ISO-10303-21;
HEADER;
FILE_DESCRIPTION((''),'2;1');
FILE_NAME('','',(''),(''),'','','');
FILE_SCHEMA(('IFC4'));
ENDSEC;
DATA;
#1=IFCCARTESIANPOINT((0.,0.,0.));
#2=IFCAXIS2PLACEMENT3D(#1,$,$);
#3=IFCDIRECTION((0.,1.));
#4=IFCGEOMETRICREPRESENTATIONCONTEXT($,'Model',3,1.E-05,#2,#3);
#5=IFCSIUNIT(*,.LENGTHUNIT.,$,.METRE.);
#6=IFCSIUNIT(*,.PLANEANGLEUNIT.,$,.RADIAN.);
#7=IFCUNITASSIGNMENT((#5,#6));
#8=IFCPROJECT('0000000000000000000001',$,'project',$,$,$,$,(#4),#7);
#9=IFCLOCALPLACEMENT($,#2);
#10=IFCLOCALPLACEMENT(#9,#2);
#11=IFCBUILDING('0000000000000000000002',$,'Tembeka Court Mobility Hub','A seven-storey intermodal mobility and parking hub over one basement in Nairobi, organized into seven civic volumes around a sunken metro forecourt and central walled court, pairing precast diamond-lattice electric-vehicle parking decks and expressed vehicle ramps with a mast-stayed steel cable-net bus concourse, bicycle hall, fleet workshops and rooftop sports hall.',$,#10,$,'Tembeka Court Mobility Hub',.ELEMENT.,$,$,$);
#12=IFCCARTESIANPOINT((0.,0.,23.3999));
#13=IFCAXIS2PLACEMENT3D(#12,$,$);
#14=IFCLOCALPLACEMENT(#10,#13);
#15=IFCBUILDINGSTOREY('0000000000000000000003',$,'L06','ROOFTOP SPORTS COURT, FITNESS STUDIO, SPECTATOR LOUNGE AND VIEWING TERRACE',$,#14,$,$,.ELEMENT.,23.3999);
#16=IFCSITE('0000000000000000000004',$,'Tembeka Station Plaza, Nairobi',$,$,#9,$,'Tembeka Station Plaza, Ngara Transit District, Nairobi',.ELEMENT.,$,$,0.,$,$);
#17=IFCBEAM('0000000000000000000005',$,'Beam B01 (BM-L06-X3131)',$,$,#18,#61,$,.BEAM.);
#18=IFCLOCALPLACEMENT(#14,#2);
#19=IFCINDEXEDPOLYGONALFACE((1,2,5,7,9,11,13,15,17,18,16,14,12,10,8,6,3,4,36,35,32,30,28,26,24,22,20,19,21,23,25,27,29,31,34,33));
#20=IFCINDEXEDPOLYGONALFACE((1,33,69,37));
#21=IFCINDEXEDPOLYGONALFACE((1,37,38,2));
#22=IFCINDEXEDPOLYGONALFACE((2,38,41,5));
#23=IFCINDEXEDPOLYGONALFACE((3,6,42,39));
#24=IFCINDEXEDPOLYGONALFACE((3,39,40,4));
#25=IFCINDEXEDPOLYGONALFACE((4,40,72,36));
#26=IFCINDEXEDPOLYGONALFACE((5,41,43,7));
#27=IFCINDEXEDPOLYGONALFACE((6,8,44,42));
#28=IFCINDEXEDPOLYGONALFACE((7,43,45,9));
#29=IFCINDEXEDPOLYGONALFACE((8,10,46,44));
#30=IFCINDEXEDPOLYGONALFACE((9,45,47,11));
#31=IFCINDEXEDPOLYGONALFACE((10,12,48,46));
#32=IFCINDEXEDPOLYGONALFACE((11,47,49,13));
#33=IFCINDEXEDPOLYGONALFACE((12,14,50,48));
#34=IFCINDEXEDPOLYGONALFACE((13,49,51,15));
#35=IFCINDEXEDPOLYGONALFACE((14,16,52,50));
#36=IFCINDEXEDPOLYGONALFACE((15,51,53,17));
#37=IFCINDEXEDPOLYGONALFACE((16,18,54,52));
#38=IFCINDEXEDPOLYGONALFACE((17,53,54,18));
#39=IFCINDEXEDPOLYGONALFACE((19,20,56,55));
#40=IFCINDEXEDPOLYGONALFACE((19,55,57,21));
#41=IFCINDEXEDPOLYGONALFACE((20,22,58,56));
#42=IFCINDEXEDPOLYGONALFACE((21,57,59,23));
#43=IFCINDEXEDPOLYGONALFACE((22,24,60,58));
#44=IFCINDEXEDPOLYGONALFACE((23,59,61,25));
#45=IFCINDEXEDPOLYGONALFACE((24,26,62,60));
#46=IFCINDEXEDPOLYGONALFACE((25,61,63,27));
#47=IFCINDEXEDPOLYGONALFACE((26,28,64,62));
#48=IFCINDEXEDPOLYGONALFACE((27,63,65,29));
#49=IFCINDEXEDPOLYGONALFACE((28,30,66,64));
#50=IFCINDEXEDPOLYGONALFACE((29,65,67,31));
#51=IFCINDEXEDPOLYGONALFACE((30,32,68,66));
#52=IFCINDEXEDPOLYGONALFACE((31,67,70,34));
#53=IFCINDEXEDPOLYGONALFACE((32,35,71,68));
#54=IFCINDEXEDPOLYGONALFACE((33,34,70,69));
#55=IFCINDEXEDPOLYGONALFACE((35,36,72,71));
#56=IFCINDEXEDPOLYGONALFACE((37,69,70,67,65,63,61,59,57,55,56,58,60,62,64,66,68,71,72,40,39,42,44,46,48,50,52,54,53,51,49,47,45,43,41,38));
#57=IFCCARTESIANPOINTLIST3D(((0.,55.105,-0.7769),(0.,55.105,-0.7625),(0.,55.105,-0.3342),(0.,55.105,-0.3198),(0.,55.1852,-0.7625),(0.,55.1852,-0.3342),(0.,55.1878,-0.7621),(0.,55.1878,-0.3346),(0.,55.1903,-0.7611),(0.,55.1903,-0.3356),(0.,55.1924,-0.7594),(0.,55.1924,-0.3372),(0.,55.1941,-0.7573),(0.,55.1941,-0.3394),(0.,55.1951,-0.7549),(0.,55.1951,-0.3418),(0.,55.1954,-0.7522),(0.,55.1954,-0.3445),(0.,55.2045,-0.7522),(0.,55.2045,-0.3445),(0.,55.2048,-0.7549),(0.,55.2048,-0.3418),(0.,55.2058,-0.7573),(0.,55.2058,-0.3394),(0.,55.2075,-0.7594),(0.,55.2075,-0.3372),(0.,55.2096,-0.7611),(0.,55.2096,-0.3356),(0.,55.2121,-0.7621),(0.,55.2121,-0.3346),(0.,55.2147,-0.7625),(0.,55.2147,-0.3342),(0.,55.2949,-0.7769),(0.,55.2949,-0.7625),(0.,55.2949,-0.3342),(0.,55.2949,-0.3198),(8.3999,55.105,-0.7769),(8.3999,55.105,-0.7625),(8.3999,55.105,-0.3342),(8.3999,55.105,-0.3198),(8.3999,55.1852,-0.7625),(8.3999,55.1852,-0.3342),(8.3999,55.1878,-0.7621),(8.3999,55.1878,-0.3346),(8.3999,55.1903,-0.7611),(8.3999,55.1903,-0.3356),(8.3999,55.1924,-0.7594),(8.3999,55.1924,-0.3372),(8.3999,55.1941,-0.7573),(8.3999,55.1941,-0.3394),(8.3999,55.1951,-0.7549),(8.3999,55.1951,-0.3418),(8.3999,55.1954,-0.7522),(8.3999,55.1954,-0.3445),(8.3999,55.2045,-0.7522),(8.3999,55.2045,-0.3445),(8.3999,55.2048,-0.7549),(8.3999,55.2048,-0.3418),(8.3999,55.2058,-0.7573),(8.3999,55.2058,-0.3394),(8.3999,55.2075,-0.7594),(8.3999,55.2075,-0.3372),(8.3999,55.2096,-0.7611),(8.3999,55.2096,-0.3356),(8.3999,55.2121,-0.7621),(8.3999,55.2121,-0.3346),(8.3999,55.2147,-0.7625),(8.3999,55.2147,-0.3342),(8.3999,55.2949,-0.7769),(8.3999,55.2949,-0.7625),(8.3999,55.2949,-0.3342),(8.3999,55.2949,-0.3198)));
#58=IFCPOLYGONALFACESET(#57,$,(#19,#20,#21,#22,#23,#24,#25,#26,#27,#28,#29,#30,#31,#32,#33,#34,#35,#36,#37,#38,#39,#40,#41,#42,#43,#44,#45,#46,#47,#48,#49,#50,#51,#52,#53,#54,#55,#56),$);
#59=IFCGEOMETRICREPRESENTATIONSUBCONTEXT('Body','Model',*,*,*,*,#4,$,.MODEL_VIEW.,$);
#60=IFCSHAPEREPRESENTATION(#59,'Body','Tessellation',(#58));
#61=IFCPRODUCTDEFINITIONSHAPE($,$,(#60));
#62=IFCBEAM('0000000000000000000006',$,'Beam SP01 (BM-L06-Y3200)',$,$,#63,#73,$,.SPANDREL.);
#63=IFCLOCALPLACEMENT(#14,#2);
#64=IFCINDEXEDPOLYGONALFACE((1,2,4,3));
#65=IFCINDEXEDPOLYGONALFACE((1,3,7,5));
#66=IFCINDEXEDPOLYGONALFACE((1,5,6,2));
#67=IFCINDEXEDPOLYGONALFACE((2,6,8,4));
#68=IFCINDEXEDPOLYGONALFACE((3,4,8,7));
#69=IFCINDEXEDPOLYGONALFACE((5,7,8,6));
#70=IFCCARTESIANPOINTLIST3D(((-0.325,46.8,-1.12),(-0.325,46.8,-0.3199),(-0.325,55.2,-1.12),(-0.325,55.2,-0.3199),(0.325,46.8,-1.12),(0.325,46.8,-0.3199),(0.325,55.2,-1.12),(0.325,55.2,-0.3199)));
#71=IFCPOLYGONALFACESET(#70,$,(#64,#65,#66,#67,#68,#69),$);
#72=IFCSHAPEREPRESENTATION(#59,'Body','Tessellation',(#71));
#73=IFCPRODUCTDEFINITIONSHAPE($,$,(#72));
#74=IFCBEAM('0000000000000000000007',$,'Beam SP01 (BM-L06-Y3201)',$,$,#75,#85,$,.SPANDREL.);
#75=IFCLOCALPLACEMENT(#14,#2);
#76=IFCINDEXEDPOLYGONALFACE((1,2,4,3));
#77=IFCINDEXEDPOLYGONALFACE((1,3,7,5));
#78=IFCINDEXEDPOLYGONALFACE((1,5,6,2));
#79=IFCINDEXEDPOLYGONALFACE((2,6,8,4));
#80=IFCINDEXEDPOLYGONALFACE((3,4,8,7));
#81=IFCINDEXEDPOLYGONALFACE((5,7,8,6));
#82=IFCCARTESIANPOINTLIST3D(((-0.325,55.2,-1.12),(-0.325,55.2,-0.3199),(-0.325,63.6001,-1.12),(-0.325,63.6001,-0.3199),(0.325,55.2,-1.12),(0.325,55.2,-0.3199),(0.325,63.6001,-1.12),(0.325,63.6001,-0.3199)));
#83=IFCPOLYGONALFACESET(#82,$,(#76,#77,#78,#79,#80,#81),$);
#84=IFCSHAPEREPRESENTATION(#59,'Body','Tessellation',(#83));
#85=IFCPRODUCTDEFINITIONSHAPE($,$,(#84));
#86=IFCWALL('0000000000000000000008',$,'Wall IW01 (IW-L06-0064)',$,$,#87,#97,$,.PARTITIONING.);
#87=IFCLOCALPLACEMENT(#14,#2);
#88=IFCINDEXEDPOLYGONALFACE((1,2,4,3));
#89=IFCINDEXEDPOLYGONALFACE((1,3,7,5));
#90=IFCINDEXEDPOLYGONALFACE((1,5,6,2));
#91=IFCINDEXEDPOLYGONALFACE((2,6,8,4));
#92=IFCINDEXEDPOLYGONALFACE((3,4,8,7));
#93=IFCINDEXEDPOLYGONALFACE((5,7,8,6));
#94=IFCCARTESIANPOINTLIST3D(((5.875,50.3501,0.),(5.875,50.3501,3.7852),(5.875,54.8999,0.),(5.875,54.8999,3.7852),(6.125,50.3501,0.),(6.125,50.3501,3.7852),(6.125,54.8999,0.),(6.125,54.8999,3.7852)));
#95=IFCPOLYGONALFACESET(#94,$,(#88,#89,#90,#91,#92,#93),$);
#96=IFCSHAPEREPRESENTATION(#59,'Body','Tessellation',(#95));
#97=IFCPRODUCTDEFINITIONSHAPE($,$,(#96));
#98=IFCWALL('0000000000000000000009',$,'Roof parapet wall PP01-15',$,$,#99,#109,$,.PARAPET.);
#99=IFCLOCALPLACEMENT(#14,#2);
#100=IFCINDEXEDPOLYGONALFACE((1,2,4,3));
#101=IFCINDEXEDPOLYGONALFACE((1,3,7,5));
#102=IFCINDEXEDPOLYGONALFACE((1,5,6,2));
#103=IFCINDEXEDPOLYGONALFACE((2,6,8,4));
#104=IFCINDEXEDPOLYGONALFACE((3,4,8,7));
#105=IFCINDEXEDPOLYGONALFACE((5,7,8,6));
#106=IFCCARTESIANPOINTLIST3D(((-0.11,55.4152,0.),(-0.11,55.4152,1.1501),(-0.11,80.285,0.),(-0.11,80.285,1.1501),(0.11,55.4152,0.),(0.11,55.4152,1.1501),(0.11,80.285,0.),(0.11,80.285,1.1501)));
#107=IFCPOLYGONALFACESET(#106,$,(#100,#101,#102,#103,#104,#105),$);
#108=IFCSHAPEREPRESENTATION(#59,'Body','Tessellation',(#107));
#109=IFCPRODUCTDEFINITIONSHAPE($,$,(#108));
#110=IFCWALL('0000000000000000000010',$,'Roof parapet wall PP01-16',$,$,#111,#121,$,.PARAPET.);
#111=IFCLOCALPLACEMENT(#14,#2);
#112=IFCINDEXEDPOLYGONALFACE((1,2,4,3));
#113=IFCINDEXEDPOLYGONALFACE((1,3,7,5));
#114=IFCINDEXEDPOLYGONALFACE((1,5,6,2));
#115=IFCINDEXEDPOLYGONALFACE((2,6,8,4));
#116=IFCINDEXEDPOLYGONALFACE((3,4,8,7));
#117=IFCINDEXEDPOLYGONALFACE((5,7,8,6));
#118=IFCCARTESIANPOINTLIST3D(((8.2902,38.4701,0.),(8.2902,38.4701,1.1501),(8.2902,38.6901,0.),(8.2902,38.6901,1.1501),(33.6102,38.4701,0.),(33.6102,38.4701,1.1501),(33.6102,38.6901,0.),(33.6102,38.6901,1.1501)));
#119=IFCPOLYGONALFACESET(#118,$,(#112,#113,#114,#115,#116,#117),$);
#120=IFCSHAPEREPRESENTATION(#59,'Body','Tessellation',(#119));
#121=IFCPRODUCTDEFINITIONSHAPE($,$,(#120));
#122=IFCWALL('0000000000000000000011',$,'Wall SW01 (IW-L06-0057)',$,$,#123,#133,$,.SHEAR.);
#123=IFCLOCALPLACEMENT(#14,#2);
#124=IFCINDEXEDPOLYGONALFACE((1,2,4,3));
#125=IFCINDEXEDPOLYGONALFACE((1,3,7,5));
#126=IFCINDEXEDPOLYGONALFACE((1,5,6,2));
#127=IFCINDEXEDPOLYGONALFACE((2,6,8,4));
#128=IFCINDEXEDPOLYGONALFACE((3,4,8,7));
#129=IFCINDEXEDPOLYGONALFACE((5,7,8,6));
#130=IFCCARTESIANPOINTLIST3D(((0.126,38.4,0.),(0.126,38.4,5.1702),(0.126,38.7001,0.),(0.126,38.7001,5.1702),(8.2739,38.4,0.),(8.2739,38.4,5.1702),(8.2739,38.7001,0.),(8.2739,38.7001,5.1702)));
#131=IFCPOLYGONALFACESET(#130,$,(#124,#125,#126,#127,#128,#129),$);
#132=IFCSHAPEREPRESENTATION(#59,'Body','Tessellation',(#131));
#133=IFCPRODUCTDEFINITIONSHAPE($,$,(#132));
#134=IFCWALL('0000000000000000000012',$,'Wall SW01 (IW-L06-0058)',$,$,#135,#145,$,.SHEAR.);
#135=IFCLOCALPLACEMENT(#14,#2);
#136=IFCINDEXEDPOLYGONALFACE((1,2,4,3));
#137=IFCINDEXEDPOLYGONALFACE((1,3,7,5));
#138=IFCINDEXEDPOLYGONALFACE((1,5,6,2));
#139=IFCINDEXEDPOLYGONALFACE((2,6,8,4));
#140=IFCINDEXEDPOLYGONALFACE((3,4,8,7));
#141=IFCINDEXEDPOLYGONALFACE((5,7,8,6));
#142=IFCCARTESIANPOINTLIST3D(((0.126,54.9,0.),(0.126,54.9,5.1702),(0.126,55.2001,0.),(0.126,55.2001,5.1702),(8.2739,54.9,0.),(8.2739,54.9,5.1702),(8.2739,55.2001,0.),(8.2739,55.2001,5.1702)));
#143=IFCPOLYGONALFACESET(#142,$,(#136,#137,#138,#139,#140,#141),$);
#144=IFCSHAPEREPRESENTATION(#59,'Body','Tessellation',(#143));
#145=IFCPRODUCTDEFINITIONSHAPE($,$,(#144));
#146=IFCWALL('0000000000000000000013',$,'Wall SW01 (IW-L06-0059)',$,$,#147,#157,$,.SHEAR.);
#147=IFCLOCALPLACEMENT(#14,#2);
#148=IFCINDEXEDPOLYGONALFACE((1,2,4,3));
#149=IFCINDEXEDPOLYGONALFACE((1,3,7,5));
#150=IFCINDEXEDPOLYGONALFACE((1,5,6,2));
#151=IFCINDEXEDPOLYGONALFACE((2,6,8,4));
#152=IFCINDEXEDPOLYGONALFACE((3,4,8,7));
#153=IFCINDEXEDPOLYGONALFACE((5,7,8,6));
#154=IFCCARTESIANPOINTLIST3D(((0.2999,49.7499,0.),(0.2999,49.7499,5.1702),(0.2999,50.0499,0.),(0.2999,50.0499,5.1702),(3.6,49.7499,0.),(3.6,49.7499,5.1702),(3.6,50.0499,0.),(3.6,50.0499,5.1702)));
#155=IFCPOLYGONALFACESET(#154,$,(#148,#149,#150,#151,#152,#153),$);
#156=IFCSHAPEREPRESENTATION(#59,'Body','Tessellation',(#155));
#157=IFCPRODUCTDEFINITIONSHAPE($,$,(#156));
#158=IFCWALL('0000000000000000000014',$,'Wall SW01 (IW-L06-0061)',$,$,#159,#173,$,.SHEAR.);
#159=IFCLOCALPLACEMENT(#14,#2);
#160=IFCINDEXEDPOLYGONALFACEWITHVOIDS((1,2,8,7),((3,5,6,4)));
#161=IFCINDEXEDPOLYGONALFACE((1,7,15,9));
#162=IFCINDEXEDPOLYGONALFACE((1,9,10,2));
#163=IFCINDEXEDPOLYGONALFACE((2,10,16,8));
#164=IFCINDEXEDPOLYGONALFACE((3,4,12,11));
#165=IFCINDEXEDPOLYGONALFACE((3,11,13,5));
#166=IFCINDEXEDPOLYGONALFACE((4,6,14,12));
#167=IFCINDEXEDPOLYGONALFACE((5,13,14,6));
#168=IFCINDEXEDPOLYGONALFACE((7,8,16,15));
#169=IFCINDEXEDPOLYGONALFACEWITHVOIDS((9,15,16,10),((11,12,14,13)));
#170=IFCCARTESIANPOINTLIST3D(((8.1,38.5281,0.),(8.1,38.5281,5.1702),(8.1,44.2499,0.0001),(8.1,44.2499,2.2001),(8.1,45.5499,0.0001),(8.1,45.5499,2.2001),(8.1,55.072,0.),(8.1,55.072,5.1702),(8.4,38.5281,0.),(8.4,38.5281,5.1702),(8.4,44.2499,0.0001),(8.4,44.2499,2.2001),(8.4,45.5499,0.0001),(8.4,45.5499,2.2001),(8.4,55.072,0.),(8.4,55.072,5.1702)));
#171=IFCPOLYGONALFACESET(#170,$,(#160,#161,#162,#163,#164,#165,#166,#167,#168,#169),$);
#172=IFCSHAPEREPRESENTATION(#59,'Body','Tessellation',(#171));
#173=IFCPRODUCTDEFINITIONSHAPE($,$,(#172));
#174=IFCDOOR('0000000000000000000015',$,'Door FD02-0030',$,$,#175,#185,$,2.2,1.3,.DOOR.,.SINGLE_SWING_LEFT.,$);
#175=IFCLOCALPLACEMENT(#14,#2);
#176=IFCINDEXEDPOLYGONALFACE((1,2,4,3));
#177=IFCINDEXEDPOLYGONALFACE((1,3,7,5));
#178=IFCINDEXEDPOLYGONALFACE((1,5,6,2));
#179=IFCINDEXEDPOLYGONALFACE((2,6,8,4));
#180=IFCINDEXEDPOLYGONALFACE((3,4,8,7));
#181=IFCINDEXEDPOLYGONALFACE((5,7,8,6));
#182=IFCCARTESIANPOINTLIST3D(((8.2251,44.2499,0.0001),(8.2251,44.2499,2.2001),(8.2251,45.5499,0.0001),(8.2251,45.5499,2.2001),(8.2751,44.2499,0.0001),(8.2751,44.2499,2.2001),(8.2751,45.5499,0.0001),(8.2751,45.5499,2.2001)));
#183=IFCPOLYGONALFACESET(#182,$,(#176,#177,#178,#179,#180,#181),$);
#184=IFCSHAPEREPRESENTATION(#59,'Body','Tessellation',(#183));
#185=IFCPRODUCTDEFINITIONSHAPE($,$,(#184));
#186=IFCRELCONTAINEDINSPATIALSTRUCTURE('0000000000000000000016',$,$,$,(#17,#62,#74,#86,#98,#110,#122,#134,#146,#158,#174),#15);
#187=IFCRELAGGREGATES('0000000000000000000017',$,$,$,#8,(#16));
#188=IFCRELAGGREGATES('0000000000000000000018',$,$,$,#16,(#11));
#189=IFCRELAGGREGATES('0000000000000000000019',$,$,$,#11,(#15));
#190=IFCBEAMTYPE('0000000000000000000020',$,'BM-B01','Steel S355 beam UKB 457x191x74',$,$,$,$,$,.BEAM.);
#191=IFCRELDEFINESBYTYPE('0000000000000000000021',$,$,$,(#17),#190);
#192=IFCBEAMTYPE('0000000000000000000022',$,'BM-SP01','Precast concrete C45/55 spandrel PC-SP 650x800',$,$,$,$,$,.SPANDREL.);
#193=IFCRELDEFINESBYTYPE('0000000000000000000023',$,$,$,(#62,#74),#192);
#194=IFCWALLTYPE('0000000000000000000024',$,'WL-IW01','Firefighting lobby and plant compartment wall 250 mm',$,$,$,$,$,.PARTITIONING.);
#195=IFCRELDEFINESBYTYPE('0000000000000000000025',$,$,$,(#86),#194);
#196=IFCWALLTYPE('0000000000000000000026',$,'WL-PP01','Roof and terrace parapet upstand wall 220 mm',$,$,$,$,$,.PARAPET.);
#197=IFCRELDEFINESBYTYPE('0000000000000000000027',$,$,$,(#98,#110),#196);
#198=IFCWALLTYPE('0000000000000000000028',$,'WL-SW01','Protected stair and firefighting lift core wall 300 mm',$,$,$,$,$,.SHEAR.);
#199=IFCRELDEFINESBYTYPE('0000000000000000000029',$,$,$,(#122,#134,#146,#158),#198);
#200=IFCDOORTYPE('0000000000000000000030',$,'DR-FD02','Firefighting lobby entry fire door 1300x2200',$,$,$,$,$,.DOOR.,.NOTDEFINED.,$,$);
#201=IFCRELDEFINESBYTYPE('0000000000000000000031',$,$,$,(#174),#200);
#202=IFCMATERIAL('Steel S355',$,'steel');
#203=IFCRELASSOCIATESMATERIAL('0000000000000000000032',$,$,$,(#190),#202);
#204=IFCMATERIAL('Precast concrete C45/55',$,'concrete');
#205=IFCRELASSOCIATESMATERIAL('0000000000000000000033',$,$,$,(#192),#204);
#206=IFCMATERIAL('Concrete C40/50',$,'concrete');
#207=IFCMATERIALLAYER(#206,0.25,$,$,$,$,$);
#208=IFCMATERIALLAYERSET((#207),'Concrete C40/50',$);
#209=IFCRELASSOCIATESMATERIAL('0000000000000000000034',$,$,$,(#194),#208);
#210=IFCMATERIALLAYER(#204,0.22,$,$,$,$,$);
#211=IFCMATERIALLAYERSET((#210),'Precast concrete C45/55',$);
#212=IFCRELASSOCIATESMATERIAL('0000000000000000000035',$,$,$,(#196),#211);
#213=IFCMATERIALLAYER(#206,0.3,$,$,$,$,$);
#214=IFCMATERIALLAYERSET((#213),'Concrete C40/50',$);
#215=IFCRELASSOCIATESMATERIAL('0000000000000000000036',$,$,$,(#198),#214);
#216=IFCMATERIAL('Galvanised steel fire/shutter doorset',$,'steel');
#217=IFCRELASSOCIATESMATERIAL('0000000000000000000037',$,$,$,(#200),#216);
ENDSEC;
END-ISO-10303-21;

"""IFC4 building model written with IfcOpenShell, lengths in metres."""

from ifc_helpers import new_model, si_unit, direction, frame, frame_2d, origin, origin_2d, place, context, subcontext, project, spatial, rectangle, i_section, extrude, material, layer, layer_set, material_profile, profile_set, type_object, element, fill, save


model = new_model("IFC4")

# Units and contexts
model_context = context("Model", 3, precision=1e-05, world=origin(), true_north=direction((0.0, 1.0)))
body_context = subcontext(model_context, "Body", "Model", "MODEL_VIEW")
ifc_project = project(units=[si_unit("LENGTHUNIT", "METRE"), si_unit("PLANEANGLEUNIT", "RADIAN")], contexts=[model_context])

# Site, building, storey
site_placement = place(None, origin())
site = spatial("IfcSite", under=ifc_project, at=site_placement, Name="Tembeka Station Plaza, Nairobi", LongName="Tembeka Station Plaza, Ngara Transit District, Nairobi", CompositionType="ELEMENT", RefElevation=0.0)
building_placement = place(site_placement, origin())
building = spatial("IfcBuilding", under=site, at=building_placement, Name="Tembeka Court Mobility Hub", Description="A seven-storey intermodal mobility and parking hub over one basement in Nairobi, organized into seven civic volumes around a sunken metro forecourt and central walled court, pairing precast diamond-lattice electric-vehicle parking decks and expressed vehicle ramps with a mast-stayed steel cable-net bus concourse, bicycle hall, fleet workshops and rooftop sports hall.", LongName="Tembeka Court Mobility Hub", CompositionType="ELEMENT")
storey_placement = place(building_placement, frame((0.0, 0.0, 23.3999)))
storey = spatial("IfcBuildingStorey", under=building, at=storey_placement, Name="L06", Description="ROOFTOP SPORTS COURT, FITNESS STUDIO, SPECTATOR LOUNGE AND VIEWING TERRACE", CompositionType="ELEMENT", Elevation=23.3999)

# Shared definitions
ifc_material_1 = material(Name="Steel S355", Category="steel")

# Beams
ifc_material_profile_1 = material_profile(ifc_material_1, i_section(OverallWidth=0.1899, OverallDepth=0.457, WebThickness=0.009, FlangeThickness=0.0144, FilletRadius=0.0103, at=origin_2d()), Name="UKB 457x191x74")
ifc_profile_set_1 = profile_set([ifc_material_profile_1], Name="Steel S355")
beam_type_1 = type_object("IfcBeamType", Name="BM-B01", Description="Steel S355 beam UKB 457x191x74", PredefinedType="BEAM", material=ifc_profile_set_1)
beam_1_placement = place(storey_placement, frame((0.0, 55.2, -0.5483), z_axis=(1.0, 0.0, 0.0), x_axis=(0.0, 1.0, 0.0)))
element("IfcBeam", 1, at=beam_1_placement, inside=storey, type_object=beam_type_1, Name="Beam B01 (BM-L06-X3131)", PredefinedType="BEAM", context=body_context, shape_type="SweptSolid", body=[
    extrude(i_section(OverallWidth=0.1899, OverallDepth=0.457, WebThickness=0.009, FlangeThickness=0.0144, FilletRadius=0.0103, at=origin_2d()), origin(), (0.0, 0.0, 1.0), 8.3999),
])
ifc_material_2 = material(Name="Precast concrete C45/55", Category="concrete")
ifc_material_profile_2 = material_profile(ifc_material_2, rectangle(XDim=0.6499, YDim=0.8, at=origin_2d()), Name="PC-SP 650x800")
ifc_profile_set_2 = profile_set([ifc_material_profile_2], Name="Precast concrete C45/55")
beam_type_2 = type_object("IfcBeamType", Name="BM-SP01", Description="Precast concrete C45/55 spandrel PC-SP 650x800", PredefinedType="SPANDREL", material=ifc_profile_set_2)
beam_2_placement = place(storey_placement, frame((0.0, 46.8, -0.72), z_axis=(0.0, 1.0, 0.0), x_axis=(-1.0, 0.0, 0.0)))
element("IfcBeam", 2, at=beam_2_placement, inside=storey, type_object=beam_type_2, Name="Beam SP01 (BM-L06-Y3200)", PredefinedType="SPANDREL", context=body_context, shape_type="SweptSolid", body=[
    extrude(rectangle(XDim=0.6499, YDim=0.8, at=origin_2d()), origin(), (0.0, 0.0, 1.0), 8.3999),
])
beam_3_placement = place(storey_placement, frame((0.0, 55.2, -0.72), z_axis=(0.0, 1.0, 0.0), x_axis=(-1.0, 0.0, 0.0)))
element("IfcBeam", 3, at=beam_3_placement, inside=storey, type_object=beam_type_2, Name="Beam SP01 (BM-L06-Y3201)", PredefinedType="SPANDREL", context=body_context, shape_type="SweptSolid", body=[
    extrude(rectangle(XDim=0.6499, YDim=0.8, at=origin_2d()), origin(), (0.0, 0.0, 1.0), 8.4001),
])

# Walls
ifc_material_3 = material(Name="Concrete C40/50", Category="concrete")
ifc_layer_1 = layer(ifc_material_3, 0.25)
ifc_layer_set_1 = layer_set([ifc_layer_1], Name="Concrete C40/50")
wall_type_1 = type_object("IfcWallType", Name="WL-IW01", Description="Firefighting lobby and plant compartment wall 250 mm", PredefinedType="PARTITIONING", material=ifc_layer_set_1)
wall_1_placement = place(storey_placement, frame((6.0, 50.3501, 0.0), z_axis=(0.0, 0.0, 1.0), x_axis=(0.0, 1.0, 0.0)))
element("IfcWall", 4, at=wall_1_placement, inside=storey, type_object=wall_type_1, Name="Wall IW01 (IW-L06-0064)", PredefinedType="PARTITIONING", context=body_context, shape_type="SweptSolid", body=[
    extrude(rectangle(XDim=4.5498, YDim=0.25, at=frame_2d((2.2749, 0.0))), origin(), (0.0, 0.0, 1.0), 3.7852),
])
ifc_layer_2 = layer(ifc_material_2, 0.22)
ifc_layer_set_2 = layer_set([ifc_layer_2], Name="Precast concrete C45/55")
wall_type_2 = type_object("IfcWallType", Name="WL-PP01", Description="Roof and terrace parapet upstand wall 220 mm", PredefinedType="PARAPET", material=ifc_layer_set_2)
wall_2_placement = place(storey_placement, frame((0.0, 55.415, 0.0), z_axis=(0.0, 0.0, 1.0), x_axis=(0.0, 1.0, 0.0)))
element("IfcWall", 5, at=wall_2_placement, inside=storey, type_object=wall_type_2, Name="Roof parapet wall PP01-15", PredefinedType="PARAPET", context=body_context, shape_type="SweptSolid", body=[
    extrude(rectangle(XDim=24.8699, YDim=0.22, at=frame_2d((12.4351, 0.0))), origin(), (0.0, 0.0, 1.0), 1.1501),
])
wall_3_placement = place(storey_placement, frame((8.29, 38.5801, 0.0), z_axis=(0.0, 0.0, 1.0), x_axis=(1.0, 0.0, 0.0)))
element("IfcWall", 6, at=wall_3_placement, inside=storey, type_object=wall_type_2, Name="Roof parapet wall PP01-16", PredefinedType="PARAPET", context=body_context, shape_type="SweptSolid", body=[
    extrude(rectangle(XDim=25.3201, YDim=0.22, at=frame_2d((12.6602, 0.0))), origin(), (0.0, 0.0, 1.0), 1.1501),
])
ifc_layer_3 = layer(ifc_material_3, 0.3)
ifc_layer_set_3 = layer_set([ifc_layer_3], Name="Concrete C40/50")
wall_type_3 = type_object("IfcWallType", Name="WL-SW01", Description="Protected stair and firefighting lift core wall 300 mm", PredefinedType="SHEAR", material=ifc_layer_set_3)
for number, where, z_axis, x_axis, name in (
    (7, (0.126, 38.55, 0.0), (0.0, 0.0, 1.0), (1.0, 0.0, 0.0), "Wall SW01 (IW-L06-0057)"),
    (8, (0.126, 55.05, 0.0), (0.0, 0.0, 1.0), (1.0, 0.0, 0.0), "Wall SW01 (IW-L06-0058)"),
):
    element("IfcWall", number, at=place(storey_placement, frame(where, z_axis=z_axis, x_axis=x_axis)), inside=storey, type_object=wall_type_3, Name=name, PredefinedType="SHEAR", context=body_context, shape_type="SweptSolid", body=[
        extrude(rectangle(XDim=8.1479, YDim=0.3, at=frame_2d((4.074, 0.0))), origin(), (0.0, 0.0, 1.0), 5.1702),
    ])
wall_4_placement = place(storey_placement, frame((0.3, 49.8999, 0.0), z_axis=(0.0, 0.0, 1.0), x_axis=(1.0, 0.0, 0.0)))
element("IfcWall", 9, at=wall_4_placement, inside=storey, type_object=wall_type_3, Name="Wall SW01 (IW-L06-0059)", PredefinedType="SHEAR", context=body_context, shape_type="SweptSolid", body=[
    extrude(rectangle(XDim=3.3, YDim=0.3, at=frame_2d((1.6499, 0.0))), origin(), (0.0, 0.0, 1.0), 5.1702),
])

# Wall, opening, door
wall_5_placement = place(storey_placement, frame((8.25, 38.5281, 0.0), z_axis=(0.0, 0.0, 1.0), x_axis=(0.0, 1.0, 0.0)))
wall_5 = element("IfcWall", 10, at=wall_5_placement, inside=storey, type_object=wall_type_3, Name="Wall SW01 (IW-L06-0061)", PredefinedType="SHEAR", context=body_context, shape_type="SweptSolid", body=[
    extrude(rectangle(XDim=16.5439, YDim=0.3, at=frame_2d((8.272, 0.0))), origin(), (0.0, 0.0, 1.0), 5.1702),
])
opening_1_placement = place(wall_5_placement, frame((5.7219, 0.0, 0.0)))
opening_1 = element("IfcOpeningElement", 11, at=opening_1_placement, cuts=wall_5, PredefinedType="OPENING", context=body_context, shape_type="SweptSolid", body=[
    extrude(rectangle(XDim=1.3, YDim=2.2, at=frame_2d((0.6499, 1.1001))), frame((0.0, 0.1602, 0.0), z_axis=(0.0, -1.0, 0.0), x_axis=(1.0, 0.0, 0.0)), (0.0, 0.0, 1.0), 0.3201),
])
ifc_material_4 = material(Name="Galvanised steel fire/shutter doorset", Category="steel")
door_type_1 = type_object("IfcDoorType", Name="DR-FD02", Description="Firefighting lobby entry fire door 1300x2200", OperationType="NOTDEFINED", PredefinedType="DOOR", material=ifc_material_4)
door_1_placement = place(opening_1_placement, origin())
door_1 = element("IfcDoor", 12, at=door_1_placement, inside=storey, type_object=door_type_1, Name="Door FD02-0030", OperationType="SINGLE_SWING_LEFT", OverallHeight=2.2, OverallWidth=1.3, PredefinedType="DOOR", context=body_context, shape_type="SweptSolid", body=[
    extrude(rectangle(XDim=1.3, YDim=2.2, at=frame_2d((0.6499, 1.1001))), frame((0.0, 0.0249, 0.0), z_axis=(0.0, -1.0, 0.0), x_axis=(1.0, 0.0, 0.0)), (0.0, 0.0, 1.0), 0.05),
])
fill(opening_1, door_1)

save(model, "model.ifc")
